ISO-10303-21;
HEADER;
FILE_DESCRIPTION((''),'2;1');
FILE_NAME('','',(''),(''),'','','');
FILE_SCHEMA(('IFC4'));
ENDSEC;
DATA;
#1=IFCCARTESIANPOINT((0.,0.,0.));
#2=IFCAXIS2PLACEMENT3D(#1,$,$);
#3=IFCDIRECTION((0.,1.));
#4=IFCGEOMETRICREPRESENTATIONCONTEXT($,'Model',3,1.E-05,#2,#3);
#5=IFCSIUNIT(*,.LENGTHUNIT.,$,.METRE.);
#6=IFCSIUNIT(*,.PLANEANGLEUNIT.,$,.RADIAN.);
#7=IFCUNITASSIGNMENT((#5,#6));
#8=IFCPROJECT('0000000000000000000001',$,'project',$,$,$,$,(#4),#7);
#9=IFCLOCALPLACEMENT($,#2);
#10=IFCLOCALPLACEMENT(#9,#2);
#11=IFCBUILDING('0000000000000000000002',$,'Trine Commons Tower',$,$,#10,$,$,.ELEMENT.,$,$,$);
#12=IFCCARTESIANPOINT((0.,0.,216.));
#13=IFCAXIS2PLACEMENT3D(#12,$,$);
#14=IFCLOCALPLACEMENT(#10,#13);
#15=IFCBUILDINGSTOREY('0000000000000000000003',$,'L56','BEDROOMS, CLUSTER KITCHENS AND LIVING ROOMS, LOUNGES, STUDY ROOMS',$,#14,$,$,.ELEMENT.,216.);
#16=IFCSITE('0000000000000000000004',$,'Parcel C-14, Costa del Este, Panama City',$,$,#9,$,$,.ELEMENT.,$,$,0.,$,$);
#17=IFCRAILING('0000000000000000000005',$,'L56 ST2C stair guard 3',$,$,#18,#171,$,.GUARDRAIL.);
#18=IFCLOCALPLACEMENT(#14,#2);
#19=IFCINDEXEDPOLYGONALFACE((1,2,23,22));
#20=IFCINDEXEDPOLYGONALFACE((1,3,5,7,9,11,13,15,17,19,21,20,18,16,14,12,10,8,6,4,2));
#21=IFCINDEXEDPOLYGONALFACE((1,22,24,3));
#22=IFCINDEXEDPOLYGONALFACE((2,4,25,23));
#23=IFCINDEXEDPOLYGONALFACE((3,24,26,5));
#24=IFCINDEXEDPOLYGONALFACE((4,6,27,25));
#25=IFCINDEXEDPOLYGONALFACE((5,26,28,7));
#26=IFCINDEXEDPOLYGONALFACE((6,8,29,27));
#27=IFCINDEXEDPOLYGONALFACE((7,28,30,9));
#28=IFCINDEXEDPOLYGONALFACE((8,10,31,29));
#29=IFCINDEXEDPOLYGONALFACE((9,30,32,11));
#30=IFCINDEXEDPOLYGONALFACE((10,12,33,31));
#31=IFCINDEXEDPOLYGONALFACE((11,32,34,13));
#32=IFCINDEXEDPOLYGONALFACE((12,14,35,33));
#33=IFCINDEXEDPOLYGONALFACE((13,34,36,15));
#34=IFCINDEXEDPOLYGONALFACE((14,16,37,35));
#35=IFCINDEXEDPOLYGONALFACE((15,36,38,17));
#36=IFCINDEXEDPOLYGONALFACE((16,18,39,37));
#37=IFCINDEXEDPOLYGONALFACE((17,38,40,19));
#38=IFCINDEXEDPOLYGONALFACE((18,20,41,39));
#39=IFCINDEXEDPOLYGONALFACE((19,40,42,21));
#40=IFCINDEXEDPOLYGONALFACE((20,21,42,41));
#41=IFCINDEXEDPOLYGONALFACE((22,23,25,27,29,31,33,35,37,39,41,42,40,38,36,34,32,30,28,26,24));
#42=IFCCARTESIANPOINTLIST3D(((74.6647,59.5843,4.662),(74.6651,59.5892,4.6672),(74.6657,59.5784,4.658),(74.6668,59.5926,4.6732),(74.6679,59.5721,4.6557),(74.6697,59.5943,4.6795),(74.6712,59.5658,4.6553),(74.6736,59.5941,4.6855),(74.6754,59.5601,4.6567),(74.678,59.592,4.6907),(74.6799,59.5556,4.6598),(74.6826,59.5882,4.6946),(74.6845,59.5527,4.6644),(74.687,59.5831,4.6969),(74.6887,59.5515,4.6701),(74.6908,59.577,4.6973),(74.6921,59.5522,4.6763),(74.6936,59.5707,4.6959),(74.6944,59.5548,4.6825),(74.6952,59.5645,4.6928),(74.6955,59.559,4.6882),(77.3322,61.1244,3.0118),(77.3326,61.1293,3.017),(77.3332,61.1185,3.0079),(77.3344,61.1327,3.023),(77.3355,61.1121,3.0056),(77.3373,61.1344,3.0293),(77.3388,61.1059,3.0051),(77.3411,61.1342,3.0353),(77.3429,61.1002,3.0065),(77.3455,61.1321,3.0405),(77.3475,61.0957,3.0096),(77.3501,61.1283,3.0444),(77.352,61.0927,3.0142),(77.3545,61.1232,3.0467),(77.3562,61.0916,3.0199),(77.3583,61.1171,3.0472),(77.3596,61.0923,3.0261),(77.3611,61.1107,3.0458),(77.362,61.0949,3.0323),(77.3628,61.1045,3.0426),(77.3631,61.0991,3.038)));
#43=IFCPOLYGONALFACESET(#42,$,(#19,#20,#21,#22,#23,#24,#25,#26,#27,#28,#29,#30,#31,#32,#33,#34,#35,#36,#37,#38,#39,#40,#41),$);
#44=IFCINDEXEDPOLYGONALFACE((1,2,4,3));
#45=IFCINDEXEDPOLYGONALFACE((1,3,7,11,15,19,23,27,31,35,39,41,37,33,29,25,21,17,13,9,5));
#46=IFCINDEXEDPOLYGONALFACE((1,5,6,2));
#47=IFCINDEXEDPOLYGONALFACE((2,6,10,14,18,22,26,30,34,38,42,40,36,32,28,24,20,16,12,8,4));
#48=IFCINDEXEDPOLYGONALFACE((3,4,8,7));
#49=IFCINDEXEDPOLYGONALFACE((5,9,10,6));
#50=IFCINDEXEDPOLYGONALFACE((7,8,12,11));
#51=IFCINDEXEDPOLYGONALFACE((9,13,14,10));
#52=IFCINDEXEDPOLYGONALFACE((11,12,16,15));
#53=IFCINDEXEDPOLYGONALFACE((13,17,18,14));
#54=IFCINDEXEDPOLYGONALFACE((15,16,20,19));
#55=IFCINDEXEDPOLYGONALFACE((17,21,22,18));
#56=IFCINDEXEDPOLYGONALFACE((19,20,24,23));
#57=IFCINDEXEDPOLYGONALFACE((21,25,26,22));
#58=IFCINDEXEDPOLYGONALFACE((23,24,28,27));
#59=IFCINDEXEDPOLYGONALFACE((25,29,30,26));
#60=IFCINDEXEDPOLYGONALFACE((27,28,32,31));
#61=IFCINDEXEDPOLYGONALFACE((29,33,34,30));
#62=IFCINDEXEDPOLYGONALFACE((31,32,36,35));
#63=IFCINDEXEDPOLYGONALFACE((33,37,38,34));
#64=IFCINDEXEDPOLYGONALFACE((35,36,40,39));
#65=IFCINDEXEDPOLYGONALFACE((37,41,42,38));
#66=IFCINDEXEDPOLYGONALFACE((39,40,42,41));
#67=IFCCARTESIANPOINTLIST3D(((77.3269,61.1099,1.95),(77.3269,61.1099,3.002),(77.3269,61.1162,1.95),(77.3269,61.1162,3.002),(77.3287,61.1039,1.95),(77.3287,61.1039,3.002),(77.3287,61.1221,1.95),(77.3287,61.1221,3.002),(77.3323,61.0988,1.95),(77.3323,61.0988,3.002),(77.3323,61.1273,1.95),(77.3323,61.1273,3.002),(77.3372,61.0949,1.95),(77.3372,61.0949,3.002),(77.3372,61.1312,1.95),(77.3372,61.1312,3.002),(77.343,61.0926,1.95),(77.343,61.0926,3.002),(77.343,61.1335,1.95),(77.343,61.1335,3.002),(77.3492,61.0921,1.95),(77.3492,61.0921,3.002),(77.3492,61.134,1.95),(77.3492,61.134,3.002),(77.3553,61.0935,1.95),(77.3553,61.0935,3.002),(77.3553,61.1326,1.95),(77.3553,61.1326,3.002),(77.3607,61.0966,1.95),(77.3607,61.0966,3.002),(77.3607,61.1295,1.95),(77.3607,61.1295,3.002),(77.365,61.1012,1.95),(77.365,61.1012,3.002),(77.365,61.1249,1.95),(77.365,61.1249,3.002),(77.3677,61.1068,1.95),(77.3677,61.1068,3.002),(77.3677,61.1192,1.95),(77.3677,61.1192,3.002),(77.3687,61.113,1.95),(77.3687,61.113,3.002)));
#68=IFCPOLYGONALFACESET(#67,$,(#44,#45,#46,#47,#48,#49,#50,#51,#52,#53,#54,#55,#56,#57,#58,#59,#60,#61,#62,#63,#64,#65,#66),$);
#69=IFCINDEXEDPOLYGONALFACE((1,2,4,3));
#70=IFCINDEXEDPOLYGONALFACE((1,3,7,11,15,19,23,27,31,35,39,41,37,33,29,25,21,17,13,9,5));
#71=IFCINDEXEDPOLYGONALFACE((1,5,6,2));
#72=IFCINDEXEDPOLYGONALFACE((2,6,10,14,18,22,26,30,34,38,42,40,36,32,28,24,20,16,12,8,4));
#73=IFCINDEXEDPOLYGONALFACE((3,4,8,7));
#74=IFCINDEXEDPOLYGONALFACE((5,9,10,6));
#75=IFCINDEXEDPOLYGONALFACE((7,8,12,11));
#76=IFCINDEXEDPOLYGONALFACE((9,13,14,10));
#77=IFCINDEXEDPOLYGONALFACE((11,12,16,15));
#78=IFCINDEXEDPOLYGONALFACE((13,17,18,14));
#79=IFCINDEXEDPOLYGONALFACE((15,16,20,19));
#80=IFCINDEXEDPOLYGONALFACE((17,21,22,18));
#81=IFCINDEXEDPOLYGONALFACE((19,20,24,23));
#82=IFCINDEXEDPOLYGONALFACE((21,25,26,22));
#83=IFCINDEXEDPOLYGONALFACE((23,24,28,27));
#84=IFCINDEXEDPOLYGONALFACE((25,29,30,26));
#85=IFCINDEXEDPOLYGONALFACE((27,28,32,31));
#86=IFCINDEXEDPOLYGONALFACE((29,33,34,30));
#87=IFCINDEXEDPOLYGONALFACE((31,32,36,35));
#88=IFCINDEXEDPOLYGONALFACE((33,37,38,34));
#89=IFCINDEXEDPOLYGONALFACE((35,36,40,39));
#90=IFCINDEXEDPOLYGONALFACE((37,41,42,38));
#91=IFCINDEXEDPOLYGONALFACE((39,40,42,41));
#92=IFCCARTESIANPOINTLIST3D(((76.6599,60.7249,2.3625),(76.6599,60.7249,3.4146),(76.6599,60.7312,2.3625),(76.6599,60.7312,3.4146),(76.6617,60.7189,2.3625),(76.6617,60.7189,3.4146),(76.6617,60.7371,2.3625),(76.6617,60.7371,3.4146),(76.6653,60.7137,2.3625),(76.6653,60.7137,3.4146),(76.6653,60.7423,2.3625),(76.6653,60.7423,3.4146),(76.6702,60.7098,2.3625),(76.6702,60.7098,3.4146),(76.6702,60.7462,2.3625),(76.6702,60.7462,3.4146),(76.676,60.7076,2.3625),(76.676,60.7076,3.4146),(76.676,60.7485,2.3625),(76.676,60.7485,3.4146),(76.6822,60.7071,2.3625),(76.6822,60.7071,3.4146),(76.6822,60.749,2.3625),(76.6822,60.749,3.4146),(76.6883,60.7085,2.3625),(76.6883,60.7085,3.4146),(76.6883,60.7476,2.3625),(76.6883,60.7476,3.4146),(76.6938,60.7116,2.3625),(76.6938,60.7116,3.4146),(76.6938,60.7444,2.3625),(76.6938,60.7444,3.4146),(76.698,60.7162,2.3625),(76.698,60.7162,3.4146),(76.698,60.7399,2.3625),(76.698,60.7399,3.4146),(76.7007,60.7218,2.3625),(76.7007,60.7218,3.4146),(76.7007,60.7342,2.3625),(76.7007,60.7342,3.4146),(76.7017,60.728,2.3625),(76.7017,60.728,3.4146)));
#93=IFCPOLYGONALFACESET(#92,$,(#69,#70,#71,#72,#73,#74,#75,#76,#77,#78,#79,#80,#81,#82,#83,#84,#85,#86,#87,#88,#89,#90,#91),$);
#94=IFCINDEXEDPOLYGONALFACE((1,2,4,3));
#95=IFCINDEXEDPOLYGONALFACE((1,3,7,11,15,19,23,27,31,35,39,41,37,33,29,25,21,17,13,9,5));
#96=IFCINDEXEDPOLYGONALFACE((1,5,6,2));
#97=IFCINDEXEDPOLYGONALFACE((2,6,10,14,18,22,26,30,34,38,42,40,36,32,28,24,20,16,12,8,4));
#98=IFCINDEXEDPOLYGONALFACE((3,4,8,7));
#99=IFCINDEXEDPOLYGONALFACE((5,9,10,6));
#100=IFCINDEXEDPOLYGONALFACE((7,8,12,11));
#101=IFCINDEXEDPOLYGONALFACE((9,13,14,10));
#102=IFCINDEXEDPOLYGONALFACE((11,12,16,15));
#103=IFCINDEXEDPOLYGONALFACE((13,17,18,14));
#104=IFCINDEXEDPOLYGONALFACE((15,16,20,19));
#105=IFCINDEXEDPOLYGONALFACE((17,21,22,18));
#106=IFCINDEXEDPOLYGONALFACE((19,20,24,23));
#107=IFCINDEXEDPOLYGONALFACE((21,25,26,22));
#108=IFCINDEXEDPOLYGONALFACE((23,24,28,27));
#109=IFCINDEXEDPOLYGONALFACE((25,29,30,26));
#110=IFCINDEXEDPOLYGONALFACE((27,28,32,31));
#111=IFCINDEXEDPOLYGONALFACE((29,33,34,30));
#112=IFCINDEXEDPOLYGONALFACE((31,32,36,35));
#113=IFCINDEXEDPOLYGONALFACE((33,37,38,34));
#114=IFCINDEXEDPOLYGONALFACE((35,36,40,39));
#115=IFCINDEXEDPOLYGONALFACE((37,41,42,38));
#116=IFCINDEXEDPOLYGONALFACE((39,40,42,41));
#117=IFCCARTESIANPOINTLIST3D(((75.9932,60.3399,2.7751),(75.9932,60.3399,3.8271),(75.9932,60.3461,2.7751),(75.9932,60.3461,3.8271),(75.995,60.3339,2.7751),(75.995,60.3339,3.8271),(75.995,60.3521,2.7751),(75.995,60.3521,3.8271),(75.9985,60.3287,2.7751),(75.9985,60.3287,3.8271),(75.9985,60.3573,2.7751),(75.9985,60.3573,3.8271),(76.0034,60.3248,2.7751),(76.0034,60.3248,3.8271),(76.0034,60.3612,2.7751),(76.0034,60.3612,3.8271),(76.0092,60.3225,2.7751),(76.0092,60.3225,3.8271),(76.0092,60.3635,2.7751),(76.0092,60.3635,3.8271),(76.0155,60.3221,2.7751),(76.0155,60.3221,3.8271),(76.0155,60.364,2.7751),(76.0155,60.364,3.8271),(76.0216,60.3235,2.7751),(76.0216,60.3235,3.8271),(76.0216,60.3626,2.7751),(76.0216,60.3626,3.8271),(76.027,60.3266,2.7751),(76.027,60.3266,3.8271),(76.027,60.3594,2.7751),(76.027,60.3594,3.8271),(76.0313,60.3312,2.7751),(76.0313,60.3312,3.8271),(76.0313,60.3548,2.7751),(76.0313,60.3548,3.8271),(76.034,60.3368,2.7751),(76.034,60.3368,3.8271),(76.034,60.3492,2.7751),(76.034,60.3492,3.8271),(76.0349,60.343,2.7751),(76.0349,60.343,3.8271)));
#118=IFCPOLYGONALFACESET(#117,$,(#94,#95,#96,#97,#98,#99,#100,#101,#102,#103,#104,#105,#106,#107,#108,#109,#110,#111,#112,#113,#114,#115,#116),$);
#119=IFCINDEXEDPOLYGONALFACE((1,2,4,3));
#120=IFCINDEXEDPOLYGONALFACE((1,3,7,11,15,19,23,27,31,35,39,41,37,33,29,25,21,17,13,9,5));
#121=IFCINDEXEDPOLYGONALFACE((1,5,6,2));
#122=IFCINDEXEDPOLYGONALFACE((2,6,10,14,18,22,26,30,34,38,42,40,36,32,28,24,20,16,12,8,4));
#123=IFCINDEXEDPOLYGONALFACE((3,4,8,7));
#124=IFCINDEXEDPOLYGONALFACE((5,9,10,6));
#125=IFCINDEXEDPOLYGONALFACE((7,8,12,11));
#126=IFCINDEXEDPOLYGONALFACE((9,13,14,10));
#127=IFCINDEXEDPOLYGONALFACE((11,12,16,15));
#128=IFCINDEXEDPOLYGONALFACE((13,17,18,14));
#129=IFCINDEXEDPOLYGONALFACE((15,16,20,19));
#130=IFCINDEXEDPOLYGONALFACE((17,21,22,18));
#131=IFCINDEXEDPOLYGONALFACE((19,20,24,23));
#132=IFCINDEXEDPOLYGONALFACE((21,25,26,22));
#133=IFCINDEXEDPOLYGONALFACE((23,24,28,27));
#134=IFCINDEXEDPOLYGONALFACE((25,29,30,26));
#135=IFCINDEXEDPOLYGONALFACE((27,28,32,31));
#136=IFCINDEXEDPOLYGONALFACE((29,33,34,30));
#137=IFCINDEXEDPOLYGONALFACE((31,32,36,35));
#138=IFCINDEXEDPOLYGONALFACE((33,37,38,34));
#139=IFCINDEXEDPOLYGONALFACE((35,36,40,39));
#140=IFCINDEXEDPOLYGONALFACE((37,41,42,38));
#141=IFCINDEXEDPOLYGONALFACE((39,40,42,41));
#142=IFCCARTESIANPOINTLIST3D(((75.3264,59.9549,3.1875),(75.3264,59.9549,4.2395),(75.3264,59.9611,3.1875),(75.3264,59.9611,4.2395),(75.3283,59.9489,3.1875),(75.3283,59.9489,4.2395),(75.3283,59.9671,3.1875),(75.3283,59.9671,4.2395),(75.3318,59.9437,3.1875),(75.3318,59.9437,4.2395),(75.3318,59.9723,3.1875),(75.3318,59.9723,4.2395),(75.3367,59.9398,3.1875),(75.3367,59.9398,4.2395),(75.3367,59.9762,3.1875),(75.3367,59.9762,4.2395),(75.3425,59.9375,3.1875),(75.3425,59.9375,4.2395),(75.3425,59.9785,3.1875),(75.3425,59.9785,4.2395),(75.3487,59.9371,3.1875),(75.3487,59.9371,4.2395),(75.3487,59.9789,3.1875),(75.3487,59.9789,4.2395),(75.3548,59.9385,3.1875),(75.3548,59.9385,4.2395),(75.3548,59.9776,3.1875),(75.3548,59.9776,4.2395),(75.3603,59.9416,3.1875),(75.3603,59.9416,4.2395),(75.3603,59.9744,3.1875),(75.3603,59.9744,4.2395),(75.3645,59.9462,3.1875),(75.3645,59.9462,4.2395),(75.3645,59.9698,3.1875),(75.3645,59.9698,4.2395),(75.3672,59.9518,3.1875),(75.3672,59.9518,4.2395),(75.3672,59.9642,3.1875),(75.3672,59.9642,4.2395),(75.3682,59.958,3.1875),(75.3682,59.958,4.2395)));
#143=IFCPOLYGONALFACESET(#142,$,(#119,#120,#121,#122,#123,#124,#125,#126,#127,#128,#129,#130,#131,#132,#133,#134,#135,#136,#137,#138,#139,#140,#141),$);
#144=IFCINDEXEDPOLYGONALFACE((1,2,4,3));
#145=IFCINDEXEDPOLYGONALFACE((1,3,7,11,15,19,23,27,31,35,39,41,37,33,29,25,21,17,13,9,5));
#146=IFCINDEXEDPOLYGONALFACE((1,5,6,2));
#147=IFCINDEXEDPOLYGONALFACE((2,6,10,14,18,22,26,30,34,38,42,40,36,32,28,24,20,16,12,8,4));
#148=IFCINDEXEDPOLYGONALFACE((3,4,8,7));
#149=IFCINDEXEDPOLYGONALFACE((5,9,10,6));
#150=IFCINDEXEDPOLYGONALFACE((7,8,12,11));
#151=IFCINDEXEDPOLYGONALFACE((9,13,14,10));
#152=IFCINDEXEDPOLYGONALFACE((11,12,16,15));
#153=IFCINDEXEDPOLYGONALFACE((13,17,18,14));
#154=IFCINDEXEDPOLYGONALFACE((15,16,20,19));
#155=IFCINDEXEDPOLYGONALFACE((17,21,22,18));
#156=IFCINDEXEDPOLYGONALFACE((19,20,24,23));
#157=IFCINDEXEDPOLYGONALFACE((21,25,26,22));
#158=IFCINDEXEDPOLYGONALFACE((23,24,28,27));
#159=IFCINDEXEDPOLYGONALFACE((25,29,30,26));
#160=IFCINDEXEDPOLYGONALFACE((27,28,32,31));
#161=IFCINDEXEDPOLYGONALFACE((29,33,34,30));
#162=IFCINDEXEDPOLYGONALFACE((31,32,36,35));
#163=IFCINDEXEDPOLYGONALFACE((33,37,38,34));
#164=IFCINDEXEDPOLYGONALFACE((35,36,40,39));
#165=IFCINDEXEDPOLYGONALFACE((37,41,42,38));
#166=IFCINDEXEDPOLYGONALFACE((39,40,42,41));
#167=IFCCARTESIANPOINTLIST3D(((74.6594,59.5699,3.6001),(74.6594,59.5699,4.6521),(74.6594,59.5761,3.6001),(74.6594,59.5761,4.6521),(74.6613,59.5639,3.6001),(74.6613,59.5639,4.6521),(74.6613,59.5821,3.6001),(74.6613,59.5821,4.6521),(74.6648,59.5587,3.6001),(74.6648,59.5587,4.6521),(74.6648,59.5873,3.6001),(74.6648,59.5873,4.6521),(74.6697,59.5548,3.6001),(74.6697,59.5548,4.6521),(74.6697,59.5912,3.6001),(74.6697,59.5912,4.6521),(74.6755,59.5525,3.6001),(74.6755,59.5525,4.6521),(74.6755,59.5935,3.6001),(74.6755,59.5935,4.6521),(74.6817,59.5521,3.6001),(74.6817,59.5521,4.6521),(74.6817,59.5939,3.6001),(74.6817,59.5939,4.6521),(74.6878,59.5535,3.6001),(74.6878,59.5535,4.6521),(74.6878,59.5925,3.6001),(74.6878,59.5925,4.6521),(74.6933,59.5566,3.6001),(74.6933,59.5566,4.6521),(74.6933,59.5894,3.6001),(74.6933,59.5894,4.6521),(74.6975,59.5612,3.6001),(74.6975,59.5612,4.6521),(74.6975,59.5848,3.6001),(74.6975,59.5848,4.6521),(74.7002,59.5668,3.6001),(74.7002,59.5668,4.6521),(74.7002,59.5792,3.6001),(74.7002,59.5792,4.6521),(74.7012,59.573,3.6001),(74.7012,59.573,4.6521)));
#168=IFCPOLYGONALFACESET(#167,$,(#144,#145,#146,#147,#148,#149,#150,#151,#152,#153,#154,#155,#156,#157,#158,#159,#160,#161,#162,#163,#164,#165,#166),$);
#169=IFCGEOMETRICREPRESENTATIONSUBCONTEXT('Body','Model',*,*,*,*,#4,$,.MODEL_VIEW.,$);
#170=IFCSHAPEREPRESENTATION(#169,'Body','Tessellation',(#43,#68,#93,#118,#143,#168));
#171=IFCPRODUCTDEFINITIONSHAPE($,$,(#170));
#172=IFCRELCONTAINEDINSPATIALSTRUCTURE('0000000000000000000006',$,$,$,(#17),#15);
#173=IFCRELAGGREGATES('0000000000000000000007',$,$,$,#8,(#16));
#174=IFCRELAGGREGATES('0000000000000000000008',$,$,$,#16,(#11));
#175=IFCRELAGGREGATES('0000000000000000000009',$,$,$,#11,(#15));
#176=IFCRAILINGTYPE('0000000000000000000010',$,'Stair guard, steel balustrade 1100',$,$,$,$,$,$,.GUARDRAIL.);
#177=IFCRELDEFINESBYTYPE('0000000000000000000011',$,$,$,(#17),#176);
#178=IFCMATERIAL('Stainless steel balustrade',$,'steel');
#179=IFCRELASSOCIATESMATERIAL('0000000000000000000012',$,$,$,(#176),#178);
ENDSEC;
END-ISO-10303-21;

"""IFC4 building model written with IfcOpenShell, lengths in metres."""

from ifc_helpers import new_model, si_unit, direction, frame, origin, origin_2d, place, context, subcontext, project, spatial, circle, extrude, material, type_object, element, save


model = new_model("IFC4")

# Units and contexts
model_context = context("Model", 3, precision=1e-05, world=origin(), true_north=direction((0.0, 1.0)))
body_context = subcontext(model_context, "Body", "Model", "MODEL_VIEW")
ifc_project = project(units=[si_unit("LENGTHUNIT", "METRE"), si_unit("PLANEANGLEUNIT", "RADIAN")], contexts=[model_context])

# Site, building, storey
site_placement = place(None, origin())
site = spatial("IfcSite", under=ifc_project, at=site_placement, Name="Parcel C-14, Costa del Este, Panama City", CompositionType="ELEMENT", RefElevation=0.0)
building_placement = place(site_placement, origin())
building = spatial("IfcBuilding", under=site, at=building_placement, Name="Trine Commons Tower", CompositionType="ELEMENT")
storey_placement = place(building_placement, frame((0.0, 0.0, 216.0)))
storey = spatial("IfcBuildingStorey", under=building, at=storey_placement, Name="L56", Description="BEDROOMS, CLUSTER KITCHENS AND LIVING ROOMS, LOUNGES, STUDY ROOMS", CompositionType="ELEMENT", Elevation=216.0)

# Railing
ifc_material_1 = material(Name="Stainless steel balustrade", Category="steel")
railing_type_1 = type_object("IfcRailingType", Name="Stair guard, steel balustrade 1100", PredefinedType="GUARDRAIL", material=ifc_material_1)
railing_1_placement = place(storey_placement, frame((77.3477, 61.113, 1.95)))
element("IfcRailing", 1, at=railing_1_placement, inside=storey, type_object=railing_type_1, Name="L56 ST2C stair guard 3", PredefinedType="GUARDRAIL", context=body_context, shape_type="SweptSolid", body=[
    extrude(circle(Radius=0.0239, at=origin_2d()), frame((0.0, 0.0, 1.0762), z_axis=(-0.76338, -0.440728, 0.472239), x_axis=(0.499992, -0.86603, 0.0)), (0.0, 0.0, 1.0), 3.4944),
    extrude(circle(Radius=0.021, at=origin_2d()), origin(), (0.0, 0.0, 1.0), 1.052),
    extrude(circle(Radius=0.021, at=origin_2d()), frame((-0.667, -0.385, 0.4126)), (0.0, 0.0, 1.0), 1.052),
    extrude(circle(Radius=0.021, at=origin_2d()), frame((-1.3337, -0.77, 0.8252)), (0.0, 0.0, 1.0), 1.052),
    extrude(circle(Radius=0.021, at=origin_2d()), frame((-2.0005, -1.155, 1.2375)), (0.0, 0.0, 1.0), 1.052),
    extrude(circle(Radius=0.021, at=origin_2d()), frame((-2.6675, -1.54, 1.6501)), (0.0, 0.0, 1.0), 1.052),
])

save(model, "model.ifc")
